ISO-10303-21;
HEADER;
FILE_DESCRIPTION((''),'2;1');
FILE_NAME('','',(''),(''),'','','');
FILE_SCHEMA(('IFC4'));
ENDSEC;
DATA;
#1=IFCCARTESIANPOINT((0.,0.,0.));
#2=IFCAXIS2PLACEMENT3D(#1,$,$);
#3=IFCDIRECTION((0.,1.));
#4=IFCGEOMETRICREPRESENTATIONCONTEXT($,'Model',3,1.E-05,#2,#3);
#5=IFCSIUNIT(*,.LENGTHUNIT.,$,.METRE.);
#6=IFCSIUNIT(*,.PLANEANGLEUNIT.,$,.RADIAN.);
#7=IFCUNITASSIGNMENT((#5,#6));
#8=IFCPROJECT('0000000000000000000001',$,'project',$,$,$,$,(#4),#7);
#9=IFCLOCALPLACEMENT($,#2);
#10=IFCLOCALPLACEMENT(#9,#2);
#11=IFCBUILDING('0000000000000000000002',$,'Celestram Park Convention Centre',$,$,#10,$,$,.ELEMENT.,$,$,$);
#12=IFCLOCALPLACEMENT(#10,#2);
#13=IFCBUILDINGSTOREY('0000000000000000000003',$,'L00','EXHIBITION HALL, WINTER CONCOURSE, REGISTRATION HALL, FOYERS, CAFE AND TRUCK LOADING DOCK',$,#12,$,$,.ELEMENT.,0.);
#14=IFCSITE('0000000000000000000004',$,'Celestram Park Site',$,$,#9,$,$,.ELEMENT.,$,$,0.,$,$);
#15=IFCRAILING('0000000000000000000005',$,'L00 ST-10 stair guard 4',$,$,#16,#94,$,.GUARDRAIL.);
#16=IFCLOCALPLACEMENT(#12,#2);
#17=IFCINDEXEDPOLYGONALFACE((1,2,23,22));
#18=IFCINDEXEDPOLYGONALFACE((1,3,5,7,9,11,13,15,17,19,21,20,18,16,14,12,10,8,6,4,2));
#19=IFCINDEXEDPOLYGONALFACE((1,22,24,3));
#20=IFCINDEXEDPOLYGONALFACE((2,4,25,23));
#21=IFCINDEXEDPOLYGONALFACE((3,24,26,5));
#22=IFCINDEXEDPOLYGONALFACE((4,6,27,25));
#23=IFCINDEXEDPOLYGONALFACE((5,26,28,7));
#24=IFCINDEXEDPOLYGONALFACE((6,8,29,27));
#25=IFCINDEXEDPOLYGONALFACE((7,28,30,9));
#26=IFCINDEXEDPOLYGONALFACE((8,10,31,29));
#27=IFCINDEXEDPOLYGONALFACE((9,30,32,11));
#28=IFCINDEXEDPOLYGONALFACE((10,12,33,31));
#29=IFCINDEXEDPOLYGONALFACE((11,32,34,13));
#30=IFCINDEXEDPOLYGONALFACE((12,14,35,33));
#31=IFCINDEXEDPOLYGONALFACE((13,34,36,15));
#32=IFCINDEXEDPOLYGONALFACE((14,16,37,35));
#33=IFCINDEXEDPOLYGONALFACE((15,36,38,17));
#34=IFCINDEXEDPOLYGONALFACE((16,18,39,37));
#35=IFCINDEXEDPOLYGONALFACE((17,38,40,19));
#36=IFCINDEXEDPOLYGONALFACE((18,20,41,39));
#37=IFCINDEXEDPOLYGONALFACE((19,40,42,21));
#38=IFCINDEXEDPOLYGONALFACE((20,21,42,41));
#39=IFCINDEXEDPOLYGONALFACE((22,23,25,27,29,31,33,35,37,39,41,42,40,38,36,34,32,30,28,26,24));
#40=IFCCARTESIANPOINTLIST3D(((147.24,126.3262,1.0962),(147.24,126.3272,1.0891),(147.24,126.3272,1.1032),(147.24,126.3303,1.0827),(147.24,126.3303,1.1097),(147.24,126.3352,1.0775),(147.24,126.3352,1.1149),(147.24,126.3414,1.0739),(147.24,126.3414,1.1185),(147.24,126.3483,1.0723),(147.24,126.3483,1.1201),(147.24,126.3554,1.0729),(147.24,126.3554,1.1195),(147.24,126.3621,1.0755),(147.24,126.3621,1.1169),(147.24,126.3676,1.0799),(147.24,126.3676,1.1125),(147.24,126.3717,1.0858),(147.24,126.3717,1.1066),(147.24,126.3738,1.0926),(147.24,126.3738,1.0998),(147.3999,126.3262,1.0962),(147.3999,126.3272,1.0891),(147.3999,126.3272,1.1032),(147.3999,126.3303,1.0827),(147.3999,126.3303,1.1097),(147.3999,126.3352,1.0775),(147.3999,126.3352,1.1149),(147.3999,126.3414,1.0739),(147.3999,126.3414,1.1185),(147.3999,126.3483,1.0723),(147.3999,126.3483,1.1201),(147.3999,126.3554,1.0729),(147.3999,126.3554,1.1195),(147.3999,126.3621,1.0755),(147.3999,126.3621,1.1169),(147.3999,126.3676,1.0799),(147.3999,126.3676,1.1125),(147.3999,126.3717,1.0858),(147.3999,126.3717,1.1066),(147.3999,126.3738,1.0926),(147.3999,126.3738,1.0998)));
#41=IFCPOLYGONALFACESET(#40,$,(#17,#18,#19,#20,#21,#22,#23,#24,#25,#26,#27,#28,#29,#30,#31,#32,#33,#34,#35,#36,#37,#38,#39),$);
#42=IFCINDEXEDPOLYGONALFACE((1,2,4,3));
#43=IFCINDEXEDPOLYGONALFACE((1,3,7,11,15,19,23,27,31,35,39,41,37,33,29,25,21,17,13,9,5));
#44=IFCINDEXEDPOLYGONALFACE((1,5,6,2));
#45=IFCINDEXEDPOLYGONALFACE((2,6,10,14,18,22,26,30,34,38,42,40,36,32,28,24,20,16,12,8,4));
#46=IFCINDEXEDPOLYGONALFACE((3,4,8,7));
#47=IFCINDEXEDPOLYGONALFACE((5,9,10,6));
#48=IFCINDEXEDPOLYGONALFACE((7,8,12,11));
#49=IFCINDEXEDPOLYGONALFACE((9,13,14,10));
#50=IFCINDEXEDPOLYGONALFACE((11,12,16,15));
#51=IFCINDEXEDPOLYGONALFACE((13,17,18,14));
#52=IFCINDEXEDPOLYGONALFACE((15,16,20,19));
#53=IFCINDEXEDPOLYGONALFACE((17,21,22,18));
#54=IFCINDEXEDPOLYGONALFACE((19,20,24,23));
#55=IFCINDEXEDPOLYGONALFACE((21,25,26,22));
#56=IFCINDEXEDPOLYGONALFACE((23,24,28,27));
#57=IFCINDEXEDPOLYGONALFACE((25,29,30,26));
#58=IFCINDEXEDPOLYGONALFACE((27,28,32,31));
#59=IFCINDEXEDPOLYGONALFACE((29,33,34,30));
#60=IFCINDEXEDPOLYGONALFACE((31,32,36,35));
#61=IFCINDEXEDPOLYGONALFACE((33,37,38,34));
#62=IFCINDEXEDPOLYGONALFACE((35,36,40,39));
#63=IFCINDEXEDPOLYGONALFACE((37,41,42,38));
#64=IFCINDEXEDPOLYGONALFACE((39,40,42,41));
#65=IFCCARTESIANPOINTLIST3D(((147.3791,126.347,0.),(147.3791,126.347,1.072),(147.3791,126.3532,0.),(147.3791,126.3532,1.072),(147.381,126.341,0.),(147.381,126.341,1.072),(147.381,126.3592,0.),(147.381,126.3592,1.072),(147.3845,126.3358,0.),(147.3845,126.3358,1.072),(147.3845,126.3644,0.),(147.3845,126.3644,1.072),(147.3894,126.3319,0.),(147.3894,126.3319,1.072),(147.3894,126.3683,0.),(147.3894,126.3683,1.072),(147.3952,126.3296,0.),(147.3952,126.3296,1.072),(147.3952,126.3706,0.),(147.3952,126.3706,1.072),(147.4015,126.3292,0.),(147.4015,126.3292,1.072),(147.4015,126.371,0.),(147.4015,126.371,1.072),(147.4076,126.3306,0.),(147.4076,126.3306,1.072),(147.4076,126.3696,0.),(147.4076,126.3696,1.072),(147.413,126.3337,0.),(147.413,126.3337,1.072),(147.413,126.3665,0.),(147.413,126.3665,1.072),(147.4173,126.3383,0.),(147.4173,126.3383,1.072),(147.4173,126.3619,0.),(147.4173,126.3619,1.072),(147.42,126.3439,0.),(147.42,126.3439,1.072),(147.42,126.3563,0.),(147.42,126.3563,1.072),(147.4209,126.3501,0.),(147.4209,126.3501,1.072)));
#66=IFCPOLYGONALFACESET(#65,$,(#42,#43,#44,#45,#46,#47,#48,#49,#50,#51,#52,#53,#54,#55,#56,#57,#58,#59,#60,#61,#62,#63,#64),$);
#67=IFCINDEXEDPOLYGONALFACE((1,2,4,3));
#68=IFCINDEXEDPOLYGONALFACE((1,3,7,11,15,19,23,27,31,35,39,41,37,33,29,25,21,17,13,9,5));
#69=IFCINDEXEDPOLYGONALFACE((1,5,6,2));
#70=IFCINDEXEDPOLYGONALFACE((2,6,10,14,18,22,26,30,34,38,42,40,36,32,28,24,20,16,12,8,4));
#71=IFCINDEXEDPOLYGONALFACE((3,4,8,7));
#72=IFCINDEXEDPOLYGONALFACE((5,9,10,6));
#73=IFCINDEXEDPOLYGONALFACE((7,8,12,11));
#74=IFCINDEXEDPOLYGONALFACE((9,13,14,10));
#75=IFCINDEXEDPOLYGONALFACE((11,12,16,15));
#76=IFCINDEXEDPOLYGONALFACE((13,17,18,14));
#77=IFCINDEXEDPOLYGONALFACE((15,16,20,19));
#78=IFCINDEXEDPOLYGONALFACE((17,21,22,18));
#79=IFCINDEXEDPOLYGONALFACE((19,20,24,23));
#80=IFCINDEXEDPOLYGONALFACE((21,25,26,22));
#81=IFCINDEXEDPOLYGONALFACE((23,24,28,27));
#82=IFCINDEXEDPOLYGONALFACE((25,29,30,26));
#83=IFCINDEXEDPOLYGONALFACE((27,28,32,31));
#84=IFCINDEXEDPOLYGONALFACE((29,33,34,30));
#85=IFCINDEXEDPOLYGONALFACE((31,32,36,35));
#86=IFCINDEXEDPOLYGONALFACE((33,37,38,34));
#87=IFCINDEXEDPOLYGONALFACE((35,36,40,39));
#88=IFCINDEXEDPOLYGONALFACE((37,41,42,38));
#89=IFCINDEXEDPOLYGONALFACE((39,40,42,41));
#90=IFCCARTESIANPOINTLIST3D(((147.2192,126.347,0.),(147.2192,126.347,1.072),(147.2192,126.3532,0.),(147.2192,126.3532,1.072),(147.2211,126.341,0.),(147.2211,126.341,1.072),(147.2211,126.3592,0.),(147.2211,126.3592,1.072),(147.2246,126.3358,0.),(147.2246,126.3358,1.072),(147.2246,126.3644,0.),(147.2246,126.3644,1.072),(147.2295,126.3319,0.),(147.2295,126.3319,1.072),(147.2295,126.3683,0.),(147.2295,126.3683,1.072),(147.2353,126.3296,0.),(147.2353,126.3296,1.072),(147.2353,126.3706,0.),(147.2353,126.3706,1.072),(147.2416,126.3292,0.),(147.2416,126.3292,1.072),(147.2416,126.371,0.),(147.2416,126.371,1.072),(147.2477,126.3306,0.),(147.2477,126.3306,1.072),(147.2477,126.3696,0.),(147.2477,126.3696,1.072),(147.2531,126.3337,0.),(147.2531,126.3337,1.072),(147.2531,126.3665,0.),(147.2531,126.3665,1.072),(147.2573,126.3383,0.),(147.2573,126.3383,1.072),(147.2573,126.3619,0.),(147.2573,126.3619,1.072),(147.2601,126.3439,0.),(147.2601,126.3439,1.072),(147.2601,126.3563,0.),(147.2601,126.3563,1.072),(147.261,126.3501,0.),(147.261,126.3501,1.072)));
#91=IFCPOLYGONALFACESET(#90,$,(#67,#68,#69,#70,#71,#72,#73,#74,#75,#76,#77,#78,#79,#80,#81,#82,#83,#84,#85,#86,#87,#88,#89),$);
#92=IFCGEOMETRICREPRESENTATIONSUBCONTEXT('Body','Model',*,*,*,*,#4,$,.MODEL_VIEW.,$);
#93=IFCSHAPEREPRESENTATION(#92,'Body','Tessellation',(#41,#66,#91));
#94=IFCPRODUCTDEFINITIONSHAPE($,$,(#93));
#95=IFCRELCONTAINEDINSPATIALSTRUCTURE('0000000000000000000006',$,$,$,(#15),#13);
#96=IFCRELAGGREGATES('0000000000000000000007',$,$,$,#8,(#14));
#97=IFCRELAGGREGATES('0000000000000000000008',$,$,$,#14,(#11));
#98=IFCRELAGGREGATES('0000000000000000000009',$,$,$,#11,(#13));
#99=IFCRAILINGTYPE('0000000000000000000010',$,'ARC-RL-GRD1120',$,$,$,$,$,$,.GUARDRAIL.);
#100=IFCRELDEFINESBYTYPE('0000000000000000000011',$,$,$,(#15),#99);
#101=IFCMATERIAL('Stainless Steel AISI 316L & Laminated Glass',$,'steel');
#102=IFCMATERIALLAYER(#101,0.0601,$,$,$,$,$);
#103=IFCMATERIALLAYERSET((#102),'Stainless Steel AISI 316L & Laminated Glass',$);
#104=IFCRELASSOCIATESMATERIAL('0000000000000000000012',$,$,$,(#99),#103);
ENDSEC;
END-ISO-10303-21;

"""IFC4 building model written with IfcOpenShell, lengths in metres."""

from ifc_helpers import new_model, si_unit, direction, frame, origin, origin_2d, place, context, subcontext, project, spatial, circle, extrude, material, layer, layer_set, type_object, element, save


model = new_model("IFC4")

# Units and contexts
model_context = context("Model", 3, precision=1e-05, world=origin(), true_north=direction((0.0, 1.0)))
body_context = subcontext(model_context, "Body", "Model", "MODEL_VIEW")
ifc_project = project(units=[si_unit("LENGTHUNIT", "METRE"), si_unit("PLANEANGLEUNIT", "RADIAN")], contexts=[model_context])

# Site, building, storey
site_placement = place(None, origin())
site = spatial("IfcSite", under=ifc_project, at=site_placement, Name="Celestram Park Site", CompositionType="ELEMENT", RefElevation=0.0)
building_placement = place(site_placement, origin())
building = spatial("IfcBuilding", under=site, at=building_placement, Name="Celestram Park Convention Centre", CompositionType="ELEMENT")
storey_placement = place(building_placement, origin())
storey = spatial("IfcBuildingStorey", under=building, at=storey_placement, Name="L00", Description="EXHIBITION HALL, WINTER CONCOURSE, REGISTRATION HALL, FOYERS, CAFE AND TRUCK LOADING DOCK", CompositionType="ELEMENT", Elevation=0.0)

# Railing
ifc_material_1 = material(Name="Stainless Steel AISI 316L & Laminated Glass", Category="steel")
ifc_layer_1 = layer(ifc_material_1, 0.0601)
ifc_layer_set_1 = layer_set([ifc_layer_1], Name="Stainless Steel AISI 316L & Laminated Glass")
railing_type_1 = type_object("IfcRailingType", Name="ARC-RL-GRD1120", PredefinedType="GUARDRAIL", material=ifc_layer_set_1)
railing_1_placement = place(storey_placement, frame((147.3999, 126.3501, 0.0)))
element("IfcRailing", 1, at=railing_1_placement, inside=storey, type_object=railing_type_1, Name="L00 ST-10 stair guard 4", PredefinedType="GUARDRAIL", context=body_context, shape_type="SweptSolid", body=[
    extrude(circle(Radius=0.0239, at=origin_2d()), frame((0.0, 0.0, 1.0962), z_axis=(-1.0, 0.0, 0.0), x_axis=(0.0, -1.0, 0.0)), (0.0, 0.0, 1.0), 0.1599),
    extrude(circle(Radius=0.021, at=origin_2d()), origin(), (0.0, 0.0, 1.0), 1.072),
    extrude(circle(Radius=0.021, at=origin_2d()), frame((-0.1599, 0.0, 0.0)), (0.0, 0.0, 1.0), 1.072),
])

save(model, "model.ifc")
